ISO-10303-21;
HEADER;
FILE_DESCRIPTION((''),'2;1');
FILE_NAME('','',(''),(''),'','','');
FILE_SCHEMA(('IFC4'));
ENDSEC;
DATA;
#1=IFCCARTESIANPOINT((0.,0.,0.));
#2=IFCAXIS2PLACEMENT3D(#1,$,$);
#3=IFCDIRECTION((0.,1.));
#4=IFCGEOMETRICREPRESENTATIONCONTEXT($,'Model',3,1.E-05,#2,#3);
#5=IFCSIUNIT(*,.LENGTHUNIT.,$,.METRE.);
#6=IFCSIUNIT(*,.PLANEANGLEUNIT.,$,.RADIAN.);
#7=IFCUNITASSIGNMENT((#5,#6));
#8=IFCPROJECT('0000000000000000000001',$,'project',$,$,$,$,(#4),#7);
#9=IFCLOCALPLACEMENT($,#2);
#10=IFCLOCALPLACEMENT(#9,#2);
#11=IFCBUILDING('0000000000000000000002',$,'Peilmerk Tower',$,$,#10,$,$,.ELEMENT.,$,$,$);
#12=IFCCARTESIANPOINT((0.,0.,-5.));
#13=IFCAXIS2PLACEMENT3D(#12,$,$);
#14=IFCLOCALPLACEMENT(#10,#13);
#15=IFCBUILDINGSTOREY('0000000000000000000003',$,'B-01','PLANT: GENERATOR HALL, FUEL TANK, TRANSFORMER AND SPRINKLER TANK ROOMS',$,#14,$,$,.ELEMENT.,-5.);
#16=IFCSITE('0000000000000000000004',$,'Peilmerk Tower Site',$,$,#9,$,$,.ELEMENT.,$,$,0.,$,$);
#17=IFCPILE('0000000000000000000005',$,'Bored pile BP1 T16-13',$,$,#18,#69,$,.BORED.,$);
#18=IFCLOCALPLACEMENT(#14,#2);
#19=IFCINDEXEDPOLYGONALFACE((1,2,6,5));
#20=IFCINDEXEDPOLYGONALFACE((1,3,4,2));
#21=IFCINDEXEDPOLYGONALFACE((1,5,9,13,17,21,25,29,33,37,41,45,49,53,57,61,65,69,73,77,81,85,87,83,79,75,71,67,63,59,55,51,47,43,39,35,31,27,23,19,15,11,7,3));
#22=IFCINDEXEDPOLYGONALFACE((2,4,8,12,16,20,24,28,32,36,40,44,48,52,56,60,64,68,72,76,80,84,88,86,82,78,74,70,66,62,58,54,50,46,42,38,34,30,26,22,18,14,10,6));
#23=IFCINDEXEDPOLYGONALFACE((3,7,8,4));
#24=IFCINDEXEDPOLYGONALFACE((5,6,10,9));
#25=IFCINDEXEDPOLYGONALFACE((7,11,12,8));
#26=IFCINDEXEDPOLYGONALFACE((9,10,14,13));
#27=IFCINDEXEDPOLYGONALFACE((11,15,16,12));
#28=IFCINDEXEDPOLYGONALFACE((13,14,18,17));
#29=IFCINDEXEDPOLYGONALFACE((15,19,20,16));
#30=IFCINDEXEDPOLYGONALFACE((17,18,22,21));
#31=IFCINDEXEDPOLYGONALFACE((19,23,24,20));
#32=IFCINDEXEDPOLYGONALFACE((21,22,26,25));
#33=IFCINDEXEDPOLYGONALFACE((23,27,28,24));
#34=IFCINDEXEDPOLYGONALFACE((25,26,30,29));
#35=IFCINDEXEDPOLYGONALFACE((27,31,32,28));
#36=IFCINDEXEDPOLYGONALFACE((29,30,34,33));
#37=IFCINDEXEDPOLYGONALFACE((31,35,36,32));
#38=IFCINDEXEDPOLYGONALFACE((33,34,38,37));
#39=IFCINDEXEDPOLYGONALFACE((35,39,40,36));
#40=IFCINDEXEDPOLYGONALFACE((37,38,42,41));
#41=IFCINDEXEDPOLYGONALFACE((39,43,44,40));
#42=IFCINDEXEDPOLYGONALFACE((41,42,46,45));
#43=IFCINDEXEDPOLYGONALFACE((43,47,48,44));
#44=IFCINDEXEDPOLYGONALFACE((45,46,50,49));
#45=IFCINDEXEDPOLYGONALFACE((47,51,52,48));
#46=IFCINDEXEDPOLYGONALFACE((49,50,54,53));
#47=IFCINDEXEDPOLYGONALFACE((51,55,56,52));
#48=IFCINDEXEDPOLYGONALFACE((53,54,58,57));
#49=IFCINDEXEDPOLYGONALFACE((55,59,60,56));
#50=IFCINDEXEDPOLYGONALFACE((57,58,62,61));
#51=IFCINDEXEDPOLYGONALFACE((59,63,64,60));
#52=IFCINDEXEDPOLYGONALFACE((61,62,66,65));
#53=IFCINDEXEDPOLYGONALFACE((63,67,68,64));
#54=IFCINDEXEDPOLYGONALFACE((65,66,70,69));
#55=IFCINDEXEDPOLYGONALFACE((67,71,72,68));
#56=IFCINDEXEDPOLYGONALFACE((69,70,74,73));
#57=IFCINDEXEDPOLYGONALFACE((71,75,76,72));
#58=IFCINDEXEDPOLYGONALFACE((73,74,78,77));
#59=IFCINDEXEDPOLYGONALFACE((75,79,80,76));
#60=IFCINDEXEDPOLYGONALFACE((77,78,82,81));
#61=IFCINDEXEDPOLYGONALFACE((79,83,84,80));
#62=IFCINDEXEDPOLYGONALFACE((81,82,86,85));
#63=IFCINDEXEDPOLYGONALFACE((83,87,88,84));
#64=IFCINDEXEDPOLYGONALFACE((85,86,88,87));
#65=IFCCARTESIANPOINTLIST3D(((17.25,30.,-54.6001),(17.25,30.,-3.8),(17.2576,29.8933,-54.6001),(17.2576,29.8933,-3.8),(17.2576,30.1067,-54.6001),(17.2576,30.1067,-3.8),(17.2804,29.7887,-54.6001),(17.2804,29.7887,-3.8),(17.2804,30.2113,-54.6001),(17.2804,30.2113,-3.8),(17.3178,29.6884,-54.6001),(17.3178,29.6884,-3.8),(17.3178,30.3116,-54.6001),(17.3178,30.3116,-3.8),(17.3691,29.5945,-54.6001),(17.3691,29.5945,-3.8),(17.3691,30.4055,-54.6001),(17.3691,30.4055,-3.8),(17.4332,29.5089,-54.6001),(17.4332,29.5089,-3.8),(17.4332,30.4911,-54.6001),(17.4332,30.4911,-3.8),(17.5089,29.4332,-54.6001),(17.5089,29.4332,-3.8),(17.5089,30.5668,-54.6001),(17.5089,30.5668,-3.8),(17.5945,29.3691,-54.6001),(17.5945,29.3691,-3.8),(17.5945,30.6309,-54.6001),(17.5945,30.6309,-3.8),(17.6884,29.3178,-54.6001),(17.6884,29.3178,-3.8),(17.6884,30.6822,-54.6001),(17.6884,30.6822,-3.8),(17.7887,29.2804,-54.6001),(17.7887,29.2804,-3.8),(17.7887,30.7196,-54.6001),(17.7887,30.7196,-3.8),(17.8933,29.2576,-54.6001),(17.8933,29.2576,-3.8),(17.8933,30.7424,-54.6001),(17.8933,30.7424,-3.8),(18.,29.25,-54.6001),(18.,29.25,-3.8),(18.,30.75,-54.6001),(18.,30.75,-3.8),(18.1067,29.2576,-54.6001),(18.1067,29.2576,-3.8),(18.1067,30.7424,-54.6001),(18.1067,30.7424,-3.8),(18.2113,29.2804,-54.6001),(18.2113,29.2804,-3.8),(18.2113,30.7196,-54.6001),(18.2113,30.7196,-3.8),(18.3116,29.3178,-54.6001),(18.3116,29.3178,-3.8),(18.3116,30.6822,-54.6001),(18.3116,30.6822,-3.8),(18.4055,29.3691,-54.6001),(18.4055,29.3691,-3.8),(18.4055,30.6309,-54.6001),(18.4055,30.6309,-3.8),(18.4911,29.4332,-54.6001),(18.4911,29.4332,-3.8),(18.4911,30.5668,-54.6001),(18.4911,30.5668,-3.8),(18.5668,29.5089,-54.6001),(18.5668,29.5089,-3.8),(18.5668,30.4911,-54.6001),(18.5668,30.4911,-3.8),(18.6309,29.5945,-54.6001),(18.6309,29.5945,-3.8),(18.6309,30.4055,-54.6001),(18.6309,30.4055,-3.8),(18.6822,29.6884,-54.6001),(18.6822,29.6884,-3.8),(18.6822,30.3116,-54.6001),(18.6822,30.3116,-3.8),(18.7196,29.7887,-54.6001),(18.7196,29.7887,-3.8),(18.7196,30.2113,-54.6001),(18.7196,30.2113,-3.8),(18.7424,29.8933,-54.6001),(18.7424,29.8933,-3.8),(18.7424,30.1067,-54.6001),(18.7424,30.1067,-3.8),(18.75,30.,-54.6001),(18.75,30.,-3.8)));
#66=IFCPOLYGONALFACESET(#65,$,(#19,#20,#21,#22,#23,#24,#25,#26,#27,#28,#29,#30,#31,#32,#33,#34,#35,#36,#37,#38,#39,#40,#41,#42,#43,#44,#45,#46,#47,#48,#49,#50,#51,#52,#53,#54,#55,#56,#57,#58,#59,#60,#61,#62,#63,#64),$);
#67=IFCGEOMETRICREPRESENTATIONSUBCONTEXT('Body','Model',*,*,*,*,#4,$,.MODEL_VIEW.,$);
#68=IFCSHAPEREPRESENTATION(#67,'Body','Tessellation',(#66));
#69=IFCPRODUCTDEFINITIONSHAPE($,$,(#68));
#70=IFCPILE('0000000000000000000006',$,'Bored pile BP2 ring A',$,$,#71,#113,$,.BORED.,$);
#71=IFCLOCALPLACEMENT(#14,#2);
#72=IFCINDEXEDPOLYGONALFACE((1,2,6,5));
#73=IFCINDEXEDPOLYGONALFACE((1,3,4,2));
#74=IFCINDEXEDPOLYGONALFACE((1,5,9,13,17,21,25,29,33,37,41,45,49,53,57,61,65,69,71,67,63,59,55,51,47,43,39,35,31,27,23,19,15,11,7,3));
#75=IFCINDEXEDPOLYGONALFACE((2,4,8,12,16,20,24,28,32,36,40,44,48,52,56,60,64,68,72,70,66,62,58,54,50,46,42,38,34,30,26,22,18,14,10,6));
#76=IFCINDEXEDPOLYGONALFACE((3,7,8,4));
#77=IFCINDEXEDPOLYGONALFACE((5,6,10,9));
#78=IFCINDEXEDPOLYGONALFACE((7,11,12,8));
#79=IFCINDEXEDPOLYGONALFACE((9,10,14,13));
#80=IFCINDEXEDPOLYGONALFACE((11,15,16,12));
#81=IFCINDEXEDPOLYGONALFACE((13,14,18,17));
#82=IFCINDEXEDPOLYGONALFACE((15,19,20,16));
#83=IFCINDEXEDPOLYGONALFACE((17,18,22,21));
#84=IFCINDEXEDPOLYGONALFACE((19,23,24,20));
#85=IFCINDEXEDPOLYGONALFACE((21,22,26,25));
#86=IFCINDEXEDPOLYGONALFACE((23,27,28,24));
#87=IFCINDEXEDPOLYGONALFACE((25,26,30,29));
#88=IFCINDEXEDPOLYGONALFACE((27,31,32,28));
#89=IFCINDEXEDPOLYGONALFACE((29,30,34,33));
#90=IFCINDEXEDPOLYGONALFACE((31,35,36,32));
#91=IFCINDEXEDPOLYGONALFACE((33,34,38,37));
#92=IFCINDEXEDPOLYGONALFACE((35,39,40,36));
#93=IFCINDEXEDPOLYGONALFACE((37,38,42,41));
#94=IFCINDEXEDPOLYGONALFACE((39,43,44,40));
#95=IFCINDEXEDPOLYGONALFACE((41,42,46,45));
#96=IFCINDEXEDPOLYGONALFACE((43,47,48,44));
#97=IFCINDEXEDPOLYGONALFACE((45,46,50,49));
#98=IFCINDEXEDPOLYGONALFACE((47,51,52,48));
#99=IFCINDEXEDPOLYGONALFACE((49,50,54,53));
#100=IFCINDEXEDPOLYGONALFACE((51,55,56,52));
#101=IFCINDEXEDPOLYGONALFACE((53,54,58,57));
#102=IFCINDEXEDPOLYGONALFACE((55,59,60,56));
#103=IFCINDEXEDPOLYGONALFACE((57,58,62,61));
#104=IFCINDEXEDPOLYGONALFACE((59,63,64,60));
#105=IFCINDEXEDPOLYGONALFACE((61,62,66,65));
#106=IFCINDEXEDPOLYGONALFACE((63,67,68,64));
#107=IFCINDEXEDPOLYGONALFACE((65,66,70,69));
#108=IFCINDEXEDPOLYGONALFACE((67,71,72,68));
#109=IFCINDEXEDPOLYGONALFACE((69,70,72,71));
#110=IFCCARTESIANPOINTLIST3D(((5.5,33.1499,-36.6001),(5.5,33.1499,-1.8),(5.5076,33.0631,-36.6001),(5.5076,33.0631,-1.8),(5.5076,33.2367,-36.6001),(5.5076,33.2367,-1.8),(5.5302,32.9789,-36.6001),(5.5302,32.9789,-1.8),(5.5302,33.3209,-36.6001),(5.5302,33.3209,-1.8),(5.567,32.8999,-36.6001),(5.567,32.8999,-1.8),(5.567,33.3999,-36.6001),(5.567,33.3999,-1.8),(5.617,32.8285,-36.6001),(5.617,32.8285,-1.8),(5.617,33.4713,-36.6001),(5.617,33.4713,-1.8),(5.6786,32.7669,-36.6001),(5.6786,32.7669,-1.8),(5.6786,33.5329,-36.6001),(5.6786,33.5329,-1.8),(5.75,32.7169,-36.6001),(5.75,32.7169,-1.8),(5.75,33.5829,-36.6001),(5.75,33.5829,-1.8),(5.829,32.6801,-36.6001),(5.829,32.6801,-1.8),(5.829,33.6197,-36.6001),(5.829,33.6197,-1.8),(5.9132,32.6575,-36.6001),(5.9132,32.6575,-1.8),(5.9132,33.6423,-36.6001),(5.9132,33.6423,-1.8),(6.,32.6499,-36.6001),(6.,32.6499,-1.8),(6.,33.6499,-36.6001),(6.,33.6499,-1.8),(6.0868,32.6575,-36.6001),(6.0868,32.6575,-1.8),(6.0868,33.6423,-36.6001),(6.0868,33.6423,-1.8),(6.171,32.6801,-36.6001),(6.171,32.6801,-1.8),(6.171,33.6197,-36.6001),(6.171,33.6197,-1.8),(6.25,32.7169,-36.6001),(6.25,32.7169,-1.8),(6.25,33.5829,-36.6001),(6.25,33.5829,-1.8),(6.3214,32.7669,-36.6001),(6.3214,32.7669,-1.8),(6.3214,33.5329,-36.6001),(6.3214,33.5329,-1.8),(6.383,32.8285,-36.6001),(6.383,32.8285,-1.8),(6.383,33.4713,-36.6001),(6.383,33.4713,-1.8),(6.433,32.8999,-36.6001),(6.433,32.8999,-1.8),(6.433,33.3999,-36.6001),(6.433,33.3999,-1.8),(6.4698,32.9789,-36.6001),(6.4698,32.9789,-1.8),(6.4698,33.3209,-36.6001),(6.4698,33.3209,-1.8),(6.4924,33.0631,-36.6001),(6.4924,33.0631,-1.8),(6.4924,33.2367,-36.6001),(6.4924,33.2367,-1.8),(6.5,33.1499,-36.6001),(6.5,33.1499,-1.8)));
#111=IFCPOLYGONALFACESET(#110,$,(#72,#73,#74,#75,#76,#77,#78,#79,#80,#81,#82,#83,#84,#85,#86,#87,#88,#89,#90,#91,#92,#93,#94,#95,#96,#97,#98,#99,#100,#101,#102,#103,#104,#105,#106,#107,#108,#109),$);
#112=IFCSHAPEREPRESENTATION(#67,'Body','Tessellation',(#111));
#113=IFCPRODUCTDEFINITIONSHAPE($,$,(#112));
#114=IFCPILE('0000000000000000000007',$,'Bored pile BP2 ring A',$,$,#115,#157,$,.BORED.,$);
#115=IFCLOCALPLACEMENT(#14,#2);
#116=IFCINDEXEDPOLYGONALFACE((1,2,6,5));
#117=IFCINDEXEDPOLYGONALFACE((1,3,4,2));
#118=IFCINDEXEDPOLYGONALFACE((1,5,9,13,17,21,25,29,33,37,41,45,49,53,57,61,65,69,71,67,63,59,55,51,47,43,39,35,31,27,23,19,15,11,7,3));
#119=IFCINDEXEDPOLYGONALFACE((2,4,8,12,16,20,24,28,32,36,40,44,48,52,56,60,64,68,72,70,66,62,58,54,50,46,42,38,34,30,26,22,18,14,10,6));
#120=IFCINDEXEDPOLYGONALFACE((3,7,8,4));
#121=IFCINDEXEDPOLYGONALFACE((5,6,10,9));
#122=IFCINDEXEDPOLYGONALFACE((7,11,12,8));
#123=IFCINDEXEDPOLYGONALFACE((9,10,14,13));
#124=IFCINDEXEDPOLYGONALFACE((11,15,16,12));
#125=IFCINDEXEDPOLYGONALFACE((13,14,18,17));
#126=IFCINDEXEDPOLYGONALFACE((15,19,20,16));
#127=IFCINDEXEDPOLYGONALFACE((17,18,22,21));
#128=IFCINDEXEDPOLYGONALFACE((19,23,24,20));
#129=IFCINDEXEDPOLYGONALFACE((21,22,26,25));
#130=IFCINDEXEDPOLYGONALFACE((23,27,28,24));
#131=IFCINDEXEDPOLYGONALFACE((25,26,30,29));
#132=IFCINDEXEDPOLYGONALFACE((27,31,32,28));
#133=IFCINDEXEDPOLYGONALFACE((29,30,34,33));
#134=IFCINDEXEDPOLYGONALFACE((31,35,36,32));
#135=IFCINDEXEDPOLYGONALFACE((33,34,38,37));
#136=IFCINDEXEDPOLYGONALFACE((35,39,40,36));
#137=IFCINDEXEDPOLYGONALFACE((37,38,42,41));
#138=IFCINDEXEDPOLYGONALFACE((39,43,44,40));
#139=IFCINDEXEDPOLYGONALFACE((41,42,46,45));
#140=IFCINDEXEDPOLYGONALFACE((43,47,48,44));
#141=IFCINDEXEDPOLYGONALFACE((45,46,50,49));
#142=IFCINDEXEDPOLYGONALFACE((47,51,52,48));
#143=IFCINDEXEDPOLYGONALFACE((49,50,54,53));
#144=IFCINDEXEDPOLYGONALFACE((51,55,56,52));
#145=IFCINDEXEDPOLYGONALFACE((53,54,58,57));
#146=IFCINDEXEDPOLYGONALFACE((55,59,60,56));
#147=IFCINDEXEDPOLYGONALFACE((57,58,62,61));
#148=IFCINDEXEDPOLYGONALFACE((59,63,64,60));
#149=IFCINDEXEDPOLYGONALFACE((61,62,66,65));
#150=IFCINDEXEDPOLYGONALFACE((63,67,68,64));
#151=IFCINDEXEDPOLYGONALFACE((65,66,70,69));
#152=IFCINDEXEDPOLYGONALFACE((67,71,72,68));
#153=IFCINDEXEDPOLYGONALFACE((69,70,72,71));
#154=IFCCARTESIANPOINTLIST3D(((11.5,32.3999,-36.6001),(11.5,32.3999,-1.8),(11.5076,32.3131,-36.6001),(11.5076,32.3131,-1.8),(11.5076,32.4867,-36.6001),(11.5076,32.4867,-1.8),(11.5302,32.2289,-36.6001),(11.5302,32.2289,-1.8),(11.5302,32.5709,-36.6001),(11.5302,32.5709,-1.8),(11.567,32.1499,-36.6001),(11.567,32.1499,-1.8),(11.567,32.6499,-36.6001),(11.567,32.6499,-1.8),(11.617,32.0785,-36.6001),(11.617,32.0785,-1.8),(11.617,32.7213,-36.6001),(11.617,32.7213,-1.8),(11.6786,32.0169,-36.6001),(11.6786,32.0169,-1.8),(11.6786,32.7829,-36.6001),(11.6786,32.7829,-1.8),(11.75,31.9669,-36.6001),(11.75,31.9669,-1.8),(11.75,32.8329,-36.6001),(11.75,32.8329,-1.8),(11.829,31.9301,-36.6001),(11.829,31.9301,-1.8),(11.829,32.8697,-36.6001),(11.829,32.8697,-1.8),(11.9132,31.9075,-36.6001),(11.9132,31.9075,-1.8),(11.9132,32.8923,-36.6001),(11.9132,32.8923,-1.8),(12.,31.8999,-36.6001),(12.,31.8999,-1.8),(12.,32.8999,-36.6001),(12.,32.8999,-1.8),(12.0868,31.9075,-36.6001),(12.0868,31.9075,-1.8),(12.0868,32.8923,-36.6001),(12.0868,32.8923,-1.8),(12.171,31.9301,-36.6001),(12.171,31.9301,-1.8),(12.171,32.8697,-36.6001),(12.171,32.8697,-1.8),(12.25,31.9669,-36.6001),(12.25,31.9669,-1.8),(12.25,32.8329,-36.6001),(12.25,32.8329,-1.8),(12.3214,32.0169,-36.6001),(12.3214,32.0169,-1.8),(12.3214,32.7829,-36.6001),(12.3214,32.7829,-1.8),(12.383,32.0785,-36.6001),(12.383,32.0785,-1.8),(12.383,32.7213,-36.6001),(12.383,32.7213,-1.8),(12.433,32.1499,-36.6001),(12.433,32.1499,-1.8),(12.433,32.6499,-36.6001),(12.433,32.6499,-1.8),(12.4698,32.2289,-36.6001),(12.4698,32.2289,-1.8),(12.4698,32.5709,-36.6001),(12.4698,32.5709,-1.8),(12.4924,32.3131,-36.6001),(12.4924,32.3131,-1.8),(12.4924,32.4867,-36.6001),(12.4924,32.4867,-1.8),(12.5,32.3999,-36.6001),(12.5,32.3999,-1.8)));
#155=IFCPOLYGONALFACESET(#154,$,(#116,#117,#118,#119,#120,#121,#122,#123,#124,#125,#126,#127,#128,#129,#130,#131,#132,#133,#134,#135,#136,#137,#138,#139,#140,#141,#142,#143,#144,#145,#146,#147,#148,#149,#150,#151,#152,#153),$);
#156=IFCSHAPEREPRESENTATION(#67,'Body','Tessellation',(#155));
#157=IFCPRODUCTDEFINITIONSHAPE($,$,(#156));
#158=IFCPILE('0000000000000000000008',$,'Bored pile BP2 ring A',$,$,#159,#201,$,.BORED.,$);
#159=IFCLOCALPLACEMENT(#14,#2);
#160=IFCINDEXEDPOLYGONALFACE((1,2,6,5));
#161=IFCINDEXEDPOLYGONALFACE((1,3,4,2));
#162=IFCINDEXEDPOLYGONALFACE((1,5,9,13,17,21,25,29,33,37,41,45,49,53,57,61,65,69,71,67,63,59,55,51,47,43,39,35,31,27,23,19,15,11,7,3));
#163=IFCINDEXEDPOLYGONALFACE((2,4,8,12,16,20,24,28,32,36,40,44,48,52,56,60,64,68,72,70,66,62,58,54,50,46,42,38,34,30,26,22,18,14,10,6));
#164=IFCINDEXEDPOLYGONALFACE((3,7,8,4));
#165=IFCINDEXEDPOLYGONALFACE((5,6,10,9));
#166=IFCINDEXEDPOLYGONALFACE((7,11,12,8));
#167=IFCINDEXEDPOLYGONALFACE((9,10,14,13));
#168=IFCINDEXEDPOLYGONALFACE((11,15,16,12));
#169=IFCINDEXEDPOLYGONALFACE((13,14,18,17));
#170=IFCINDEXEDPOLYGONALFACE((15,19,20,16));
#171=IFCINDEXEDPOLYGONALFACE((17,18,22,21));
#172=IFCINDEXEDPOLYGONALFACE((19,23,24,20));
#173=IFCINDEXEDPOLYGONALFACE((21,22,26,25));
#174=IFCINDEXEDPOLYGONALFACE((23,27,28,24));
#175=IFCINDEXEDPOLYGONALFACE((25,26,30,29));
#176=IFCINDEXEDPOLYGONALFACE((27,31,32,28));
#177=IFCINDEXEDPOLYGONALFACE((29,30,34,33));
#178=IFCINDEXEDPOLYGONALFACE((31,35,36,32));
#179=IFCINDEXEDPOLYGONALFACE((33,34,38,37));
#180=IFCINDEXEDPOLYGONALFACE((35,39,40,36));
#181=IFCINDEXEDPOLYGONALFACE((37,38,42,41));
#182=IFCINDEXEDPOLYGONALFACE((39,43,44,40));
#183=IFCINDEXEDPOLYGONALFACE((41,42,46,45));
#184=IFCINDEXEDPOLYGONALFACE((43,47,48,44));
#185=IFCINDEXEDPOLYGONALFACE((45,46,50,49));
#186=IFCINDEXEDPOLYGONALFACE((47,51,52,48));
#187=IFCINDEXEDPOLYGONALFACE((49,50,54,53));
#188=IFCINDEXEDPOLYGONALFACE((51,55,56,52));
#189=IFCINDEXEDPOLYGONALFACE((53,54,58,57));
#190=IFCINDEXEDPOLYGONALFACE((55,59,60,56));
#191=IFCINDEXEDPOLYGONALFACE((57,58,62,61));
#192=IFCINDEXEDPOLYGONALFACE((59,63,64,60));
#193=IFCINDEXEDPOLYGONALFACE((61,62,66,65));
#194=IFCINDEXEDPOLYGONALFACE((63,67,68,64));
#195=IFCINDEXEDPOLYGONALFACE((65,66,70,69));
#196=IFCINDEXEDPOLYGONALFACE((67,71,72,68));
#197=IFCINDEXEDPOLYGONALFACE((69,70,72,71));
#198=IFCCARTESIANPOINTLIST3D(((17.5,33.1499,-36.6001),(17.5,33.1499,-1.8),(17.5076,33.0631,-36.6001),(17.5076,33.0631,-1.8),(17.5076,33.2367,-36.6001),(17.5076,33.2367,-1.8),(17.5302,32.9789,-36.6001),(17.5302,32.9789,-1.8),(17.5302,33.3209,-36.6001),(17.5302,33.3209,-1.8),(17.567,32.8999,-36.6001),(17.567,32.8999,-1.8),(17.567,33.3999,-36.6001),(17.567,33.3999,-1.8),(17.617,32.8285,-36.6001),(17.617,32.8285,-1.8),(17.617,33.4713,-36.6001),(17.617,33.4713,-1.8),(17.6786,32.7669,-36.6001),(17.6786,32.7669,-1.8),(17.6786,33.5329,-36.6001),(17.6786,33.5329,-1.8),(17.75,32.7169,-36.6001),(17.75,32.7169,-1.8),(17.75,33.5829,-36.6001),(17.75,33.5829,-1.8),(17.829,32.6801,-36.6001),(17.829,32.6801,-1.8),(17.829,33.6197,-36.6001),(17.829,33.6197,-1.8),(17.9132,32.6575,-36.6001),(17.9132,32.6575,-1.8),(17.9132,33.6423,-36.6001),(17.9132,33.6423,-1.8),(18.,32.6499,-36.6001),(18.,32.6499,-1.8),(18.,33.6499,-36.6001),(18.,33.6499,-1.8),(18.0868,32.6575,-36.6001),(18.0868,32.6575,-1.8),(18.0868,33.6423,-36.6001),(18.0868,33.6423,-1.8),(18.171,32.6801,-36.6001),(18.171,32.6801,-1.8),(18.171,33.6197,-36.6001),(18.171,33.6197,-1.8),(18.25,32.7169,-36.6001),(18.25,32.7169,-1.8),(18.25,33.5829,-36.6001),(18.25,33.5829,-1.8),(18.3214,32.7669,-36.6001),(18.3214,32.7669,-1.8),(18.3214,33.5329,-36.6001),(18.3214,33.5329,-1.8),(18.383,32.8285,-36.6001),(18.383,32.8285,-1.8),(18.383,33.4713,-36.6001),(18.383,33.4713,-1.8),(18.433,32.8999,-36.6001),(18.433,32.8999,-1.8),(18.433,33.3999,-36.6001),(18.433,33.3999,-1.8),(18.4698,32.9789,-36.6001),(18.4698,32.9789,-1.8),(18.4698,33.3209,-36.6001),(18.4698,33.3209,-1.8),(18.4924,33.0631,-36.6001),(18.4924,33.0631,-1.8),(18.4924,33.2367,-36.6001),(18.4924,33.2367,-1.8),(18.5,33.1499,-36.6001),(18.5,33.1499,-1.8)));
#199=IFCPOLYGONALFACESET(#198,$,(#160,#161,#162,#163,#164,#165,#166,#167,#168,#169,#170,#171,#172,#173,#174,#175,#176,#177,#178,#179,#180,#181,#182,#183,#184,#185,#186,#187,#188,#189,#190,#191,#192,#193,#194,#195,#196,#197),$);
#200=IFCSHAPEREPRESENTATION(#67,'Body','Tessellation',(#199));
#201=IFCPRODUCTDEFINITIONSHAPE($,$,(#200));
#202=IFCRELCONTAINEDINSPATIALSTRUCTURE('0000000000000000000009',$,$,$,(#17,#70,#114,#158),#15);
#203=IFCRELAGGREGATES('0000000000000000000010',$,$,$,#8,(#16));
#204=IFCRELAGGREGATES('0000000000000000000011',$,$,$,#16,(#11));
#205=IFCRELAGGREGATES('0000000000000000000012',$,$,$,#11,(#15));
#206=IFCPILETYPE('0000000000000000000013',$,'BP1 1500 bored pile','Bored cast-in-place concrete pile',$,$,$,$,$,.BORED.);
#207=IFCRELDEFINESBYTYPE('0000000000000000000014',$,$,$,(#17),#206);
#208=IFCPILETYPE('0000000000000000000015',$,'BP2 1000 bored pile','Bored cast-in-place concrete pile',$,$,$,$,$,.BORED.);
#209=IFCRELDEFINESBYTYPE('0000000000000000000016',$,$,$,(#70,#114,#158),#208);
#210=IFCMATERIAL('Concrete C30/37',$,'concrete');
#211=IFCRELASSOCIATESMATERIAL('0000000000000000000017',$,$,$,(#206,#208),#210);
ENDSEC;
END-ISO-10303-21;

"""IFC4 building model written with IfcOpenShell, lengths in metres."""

from ifc_helpers import new_model, si_unit, direction, frame, origin, origin_2d, place, context, subcontext, project, spatial, circle, extrude, material, material_profile, profile_set, type_object, element, save


model = new_model("IFC4")

# Units and contexts
model_context = context("Model", 3, precision=1e-05, world=origin(), true_north=direction((0.0, 1.0)))
body_context = subcontext(model_context, "Body", "Model", "MODEL_VIEW")
ifc_project = project(units=[si_unit("LENGTHUNIT", "METRE"), si_unit("PLANEANGLEUNIT", "RADIAN")], contexts=[model_context])

# Site, building, storey
site_placement = place(None, origin())
site = spatial("IfcSite", under=ifc_project, at=site_placement, Name="Peilmerk Tower Site", CompositionType="ELEMENT", RefElevation=0.0)
building_placement = place(site_placement, origin())
building = spatial("IfcBuilding", under=site, at=building_placement, Name="Peilmerk Tower", CompositionType="ELEMENT")
storey_placement = place(building_placement, frame((0.0, 0.0, -5.0)))
storey = spatial("IfcBuildingStorey", under=building, at=storey_placement, Name="B-01", Description="PLANT: GENERATOR HALL, FUEL TANK, TRANSFORMER AND SPRINKLER TANK ROOMS", CompositionType="ELEMENT", Elevation=-5.0)

# Piles
ifc_material_1 = material(Name="Concrete C30/37", Category="concrete")
ifc_material_profile_1 = material_profile(ifc_material_1, circle(Radius=0.75, at=origin_2d()), Name="BP 1500")
ifc_profile_set_1 = profile_set([ifc_material_profile_1], Name="Concrete C30/37")
pile_type_1 = type_object("IfcPileType", Name="BP1 1500 bored pile", Description="Bored cast-in-place concrete pile", PredefinedType="BORED", material=ifc_profile_set_1)
pile_placement = place(storey_placement, frame((18.0, 30.0, -3.8), z_axis=(0.0, 0.0, -1.0), x_axis=(1.0, 0.0, 0.0)))
element("IfcPile", 1, at=pile_placement, inside=storey, type_object=pile_type_1, Name="Bored pile BP1 T16-13", PredefinedType="BORED", context=body_context, shape_type="SweptSolid", body=[
    extrude(circle(Radius=0.75, at=origin_2d()), origin(), (0.0, 0.0, 1.0), 50.8),
])
ifc_material_profile_2 = material_profile(ifc_material_1, circle(Radius=0.5, at=origin_2d()), Name="BP 1000")
ifc_profile_set_2 = profile_set([ifc_material_profile_2], Name="Concrete C30/37")
pile_type_2 = type_object("IfcPileType", Name="BP2 1000 bored pile", Description="Bored cast-in-place concrete pile", PredefinedType="BORED", material=ifc_profile_set_2)
for number, where, z_axis, x_axis, name in (
    (2, (6.0, 33.1499, -1.8), (0.0, 0.0, -1.0), (1.0, 0.0, 0.0), "Bored pile BP2 ring A"),
    (3, (12.0, 32.3999, -1.8), (0.0, 0.0, -1.0), (1.0, 0.0, 0.0), "Bored pile BP2 ring A"),
    (4, (18.0, 33.1499, -1.8), (0.0, 0.0, -1.0), (1.0, 0.0, 0.0), "Bored pile BP2 ring A"),
):
    element("IfcPile", number, at=place(storey_placement, frame(where, z_axis=z_axis, x_axis=x_axis)), inside=storey, type_object=pile_type_2, Name=name, PredefinedType="BORED", context=body_context, shape_type="SweptSolid", body=[
        extrude(circle(Radius=0.5, at=origin_2d()), origin(), (0.0, 0.0, 1.0), 34.8),
    ])

save(model, "model.ifc")
